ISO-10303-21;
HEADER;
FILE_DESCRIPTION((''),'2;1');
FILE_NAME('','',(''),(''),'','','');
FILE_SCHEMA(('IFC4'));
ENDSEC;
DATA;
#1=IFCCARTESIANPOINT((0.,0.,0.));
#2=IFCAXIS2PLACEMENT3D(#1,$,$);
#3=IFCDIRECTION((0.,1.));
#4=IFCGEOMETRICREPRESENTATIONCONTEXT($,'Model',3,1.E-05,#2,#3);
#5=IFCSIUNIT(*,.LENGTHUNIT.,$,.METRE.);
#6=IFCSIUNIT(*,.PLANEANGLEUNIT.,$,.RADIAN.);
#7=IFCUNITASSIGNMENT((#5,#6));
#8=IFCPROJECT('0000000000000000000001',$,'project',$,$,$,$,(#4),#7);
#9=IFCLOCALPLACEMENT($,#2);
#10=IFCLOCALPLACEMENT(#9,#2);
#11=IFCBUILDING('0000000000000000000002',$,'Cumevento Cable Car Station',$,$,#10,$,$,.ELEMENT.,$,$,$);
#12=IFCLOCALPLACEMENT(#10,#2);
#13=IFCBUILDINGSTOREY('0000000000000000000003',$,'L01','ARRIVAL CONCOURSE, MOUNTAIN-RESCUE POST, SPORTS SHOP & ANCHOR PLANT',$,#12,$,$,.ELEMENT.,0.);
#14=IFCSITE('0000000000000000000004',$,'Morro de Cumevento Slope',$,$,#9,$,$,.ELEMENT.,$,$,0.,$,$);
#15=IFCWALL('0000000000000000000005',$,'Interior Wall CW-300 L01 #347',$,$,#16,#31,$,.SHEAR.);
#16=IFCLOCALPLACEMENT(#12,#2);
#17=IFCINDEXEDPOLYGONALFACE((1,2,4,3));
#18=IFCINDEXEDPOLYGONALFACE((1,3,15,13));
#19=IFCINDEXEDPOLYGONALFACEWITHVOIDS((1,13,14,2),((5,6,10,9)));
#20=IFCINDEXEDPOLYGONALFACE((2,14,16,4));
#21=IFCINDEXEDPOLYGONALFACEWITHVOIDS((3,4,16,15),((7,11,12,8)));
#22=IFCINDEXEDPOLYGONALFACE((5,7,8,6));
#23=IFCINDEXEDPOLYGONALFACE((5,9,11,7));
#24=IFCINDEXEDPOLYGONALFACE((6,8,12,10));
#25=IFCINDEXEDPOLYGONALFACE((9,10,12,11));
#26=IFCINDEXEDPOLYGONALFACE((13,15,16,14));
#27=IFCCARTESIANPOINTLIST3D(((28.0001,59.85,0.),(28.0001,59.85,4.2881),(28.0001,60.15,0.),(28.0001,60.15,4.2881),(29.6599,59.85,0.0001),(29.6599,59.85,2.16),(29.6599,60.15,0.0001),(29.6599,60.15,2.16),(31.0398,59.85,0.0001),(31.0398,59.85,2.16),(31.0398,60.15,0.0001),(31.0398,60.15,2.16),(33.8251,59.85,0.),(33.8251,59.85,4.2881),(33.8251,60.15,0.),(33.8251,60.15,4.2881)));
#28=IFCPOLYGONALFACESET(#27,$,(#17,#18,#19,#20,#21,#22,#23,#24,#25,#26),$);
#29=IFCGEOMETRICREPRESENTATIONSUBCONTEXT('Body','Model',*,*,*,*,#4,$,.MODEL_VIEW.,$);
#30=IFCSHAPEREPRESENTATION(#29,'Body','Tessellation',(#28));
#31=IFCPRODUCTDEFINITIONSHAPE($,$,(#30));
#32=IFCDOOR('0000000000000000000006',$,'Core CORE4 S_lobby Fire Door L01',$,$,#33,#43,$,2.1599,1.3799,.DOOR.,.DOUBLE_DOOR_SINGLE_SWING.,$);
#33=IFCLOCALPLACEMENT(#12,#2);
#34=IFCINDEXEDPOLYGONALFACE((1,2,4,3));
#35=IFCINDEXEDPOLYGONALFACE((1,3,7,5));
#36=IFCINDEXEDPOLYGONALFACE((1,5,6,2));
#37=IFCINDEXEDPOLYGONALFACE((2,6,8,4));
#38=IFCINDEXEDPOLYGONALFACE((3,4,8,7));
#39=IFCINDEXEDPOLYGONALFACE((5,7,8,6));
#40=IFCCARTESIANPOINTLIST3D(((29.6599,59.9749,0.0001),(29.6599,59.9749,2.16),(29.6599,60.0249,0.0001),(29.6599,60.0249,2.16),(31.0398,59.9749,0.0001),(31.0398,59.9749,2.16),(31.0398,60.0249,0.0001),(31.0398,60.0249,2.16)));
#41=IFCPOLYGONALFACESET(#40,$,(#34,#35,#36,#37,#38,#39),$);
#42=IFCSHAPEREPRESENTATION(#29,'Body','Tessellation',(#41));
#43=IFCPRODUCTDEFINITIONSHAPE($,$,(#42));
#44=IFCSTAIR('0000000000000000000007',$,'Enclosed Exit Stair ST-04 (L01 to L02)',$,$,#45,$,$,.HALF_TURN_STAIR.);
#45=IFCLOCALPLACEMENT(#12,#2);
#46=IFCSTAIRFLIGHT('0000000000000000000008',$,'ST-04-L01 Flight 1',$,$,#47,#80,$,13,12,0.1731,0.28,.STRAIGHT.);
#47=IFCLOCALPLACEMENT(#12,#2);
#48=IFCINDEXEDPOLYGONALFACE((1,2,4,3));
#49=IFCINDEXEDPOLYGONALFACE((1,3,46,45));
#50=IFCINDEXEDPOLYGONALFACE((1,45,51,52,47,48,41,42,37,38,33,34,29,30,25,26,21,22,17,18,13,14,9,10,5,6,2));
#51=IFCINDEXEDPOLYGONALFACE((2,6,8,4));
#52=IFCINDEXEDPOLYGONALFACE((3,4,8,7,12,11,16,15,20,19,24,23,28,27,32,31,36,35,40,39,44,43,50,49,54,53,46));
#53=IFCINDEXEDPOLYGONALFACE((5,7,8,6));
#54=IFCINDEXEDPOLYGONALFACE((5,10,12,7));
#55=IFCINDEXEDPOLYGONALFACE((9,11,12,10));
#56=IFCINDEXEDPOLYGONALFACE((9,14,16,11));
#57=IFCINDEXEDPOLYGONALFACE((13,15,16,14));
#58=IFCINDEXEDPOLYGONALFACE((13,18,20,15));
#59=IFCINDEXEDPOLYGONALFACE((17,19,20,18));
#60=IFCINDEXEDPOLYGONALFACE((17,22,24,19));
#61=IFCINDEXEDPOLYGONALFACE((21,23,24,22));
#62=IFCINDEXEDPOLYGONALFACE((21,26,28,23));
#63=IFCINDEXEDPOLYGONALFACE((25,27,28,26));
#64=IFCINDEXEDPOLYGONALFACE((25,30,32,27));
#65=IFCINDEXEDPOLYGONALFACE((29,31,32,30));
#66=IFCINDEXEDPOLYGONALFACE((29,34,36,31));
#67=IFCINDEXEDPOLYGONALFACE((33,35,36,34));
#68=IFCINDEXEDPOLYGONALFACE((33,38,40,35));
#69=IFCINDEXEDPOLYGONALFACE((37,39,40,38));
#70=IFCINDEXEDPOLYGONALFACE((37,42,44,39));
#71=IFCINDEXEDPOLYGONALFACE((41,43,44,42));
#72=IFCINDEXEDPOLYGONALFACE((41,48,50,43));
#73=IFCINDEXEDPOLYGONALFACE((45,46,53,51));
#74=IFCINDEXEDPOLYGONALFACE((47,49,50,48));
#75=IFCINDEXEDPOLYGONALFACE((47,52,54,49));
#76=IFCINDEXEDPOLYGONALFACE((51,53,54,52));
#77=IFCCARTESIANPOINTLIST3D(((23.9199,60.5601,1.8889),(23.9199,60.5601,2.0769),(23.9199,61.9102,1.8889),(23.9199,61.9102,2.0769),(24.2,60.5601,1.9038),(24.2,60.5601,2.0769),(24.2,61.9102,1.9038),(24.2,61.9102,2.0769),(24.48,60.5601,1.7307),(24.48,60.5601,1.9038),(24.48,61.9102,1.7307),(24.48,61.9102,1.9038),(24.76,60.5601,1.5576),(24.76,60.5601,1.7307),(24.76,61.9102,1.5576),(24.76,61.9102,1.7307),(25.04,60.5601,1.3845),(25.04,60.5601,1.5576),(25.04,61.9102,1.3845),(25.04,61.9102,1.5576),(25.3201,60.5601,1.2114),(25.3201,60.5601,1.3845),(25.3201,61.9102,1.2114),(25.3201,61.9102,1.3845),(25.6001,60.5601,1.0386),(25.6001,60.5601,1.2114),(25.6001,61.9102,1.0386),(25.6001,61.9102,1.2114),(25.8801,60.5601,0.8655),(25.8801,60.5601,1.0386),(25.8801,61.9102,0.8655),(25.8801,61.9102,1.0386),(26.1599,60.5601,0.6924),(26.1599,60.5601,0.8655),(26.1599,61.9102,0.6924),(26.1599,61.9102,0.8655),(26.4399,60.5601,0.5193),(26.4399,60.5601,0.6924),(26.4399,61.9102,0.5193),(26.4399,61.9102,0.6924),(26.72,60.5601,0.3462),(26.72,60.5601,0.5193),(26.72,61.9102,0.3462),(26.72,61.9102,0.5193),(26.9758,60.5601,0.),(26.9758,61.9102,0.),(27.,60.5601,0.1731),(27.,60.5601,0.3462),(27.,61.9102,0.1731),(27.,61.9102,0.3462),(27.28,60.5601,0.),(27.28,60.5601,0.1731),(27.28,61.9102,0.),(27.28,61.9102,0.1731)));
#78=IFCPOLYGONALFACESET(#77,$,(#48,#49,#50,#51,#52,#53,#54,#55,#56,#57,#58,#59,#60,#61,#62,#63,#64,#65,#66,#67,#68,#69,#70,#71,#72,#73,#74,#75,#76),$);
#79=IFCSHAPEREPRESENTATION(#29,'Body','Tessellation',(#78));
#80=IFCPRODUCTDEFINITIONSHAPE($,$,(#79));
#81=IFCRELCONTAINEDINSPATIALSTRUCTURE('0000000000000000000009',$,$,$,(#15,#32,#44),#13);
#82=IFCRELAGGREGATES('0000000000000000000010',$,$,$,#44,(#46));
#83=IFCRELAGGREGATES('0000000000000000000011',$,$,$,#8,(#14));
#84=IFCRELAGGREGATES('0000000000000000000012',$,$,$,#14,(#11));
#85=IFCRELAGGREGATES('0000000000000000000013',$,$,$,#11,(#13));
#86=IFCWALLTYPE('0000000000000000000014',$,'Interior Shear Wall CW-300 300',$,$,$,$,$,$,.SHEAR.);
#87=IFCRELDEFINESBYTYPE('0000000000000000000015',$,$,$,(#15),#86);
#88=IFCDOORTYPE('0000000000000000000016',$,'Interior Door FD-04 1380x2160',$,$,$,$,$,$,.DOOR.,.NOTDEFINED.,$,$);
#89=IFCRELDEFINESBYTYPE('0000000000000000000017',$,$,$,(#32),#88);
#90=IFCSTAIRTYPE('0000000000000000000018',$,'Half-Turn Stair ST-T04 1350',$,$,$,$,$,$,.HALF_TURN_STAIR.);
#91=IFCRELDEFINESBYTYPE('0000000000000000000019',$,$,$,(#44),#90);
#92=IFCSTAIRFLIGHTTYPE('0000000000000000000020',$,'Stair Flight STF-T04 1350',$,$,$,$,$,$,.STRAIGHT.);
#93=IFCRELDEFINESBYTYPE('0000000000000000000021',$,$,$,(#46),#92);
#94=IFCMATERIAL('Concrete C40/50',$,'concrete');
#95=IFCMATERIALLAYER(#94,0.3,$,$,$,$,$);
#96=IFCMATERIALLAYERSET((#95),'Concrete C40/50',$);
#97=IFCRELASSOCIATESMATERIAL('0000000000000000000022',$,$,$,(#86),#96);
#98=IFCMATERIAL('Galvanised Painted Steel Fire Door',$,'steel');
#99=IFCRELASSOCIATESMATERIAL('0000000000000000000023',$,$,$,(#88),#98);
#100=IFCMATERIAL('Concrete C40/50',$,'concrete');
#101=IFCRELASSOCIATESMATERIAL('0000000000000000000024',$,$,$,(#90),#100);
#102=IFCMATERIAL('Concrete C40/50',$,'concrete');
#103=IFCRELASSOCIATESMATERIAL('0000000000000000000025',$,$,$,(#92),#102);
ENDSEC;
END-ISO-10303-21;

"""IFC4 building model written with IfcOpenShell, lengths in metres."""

from ifc_helpers import new_model, si_unit, direction, frame, frame_2d, origin, place, context, subcontext, project, spatial, polyline, rectangle, outline, extrude, material, layer, layer_set, type_object, element, fill, aggregate, save


model = new_model("IFC4")

# Units and contexts
model_context = context("Model", 3, precision=1e-05, world=origin(), true_north=direction((0.0, 1.0)))
body_context = subcontext(model_context, "Body", "Model", "MODEL_VIEW")
ifc_project = project(units=[si_unit("LENGTHUNIT", "METRE"), si_unit("PLANEANGLEUNIT", "RADIAN")], contexts=[model_context])

# Site, building, storey
site_placement = place(None, origin())
site = spatial("IfcSite", under=ifc_project, at=site_placement, Name="Morro de Cumevento Slope", CompositionType="ELEMENT", RefElevation=0.0)
building_placement = place(site_placement, origin())
building = spatial("IfcBuilding", under=site, at=building_placement, Name="Cumevento Cable Car Station", CompositionType="ELEMENT")
storey_placement = place(building_placement, origin())
storey = spatial("IfcBuildingStorey", under=building, at=storey_placement, Name="L01", Description="ARRIVAL CONCOURSE, MOUNTAIN-RESCUE POST, SPORTS SHOP & ANCHOR PLANT", CompositionType="ELEMENT", Elevation=0.0)

# Wall, opening, door
ifc_material_1 = material(Name="Concrete C40/50", Category="concrete")
ifc_layer_1 = layer(ifc_material_1, 0.3)
ifc_layer_set_1 = layer_set([ifc_layer_1], Name="Concrete C40/50")
wall_type_1 = type_object("IfcWallType", Name="Interior Shear Wall CW-300 300", PredefinedType="SHEAR", material=ifc_layer_set_1)
wall_1_placement = place(storey_placement, frame((28.0, 60.0, 0.0), z_axis=(0.0, 0.0, 1.0), x_axis=(1.0, 0.0, 0.0)))
wall_1 = element("IfcWall", 1, at=wall_1_placement, inside=storey, type_object=wall_type_1, Name="Interior Wall CW-300 L01 #347", PredefinedType="SHEAR", context=body_context, shape_type="SweptSolid", body=[
    extrude(rectangle(XDim=5.825, YDim=0.3, at=frame_2d((2.9126, 0.0))), origin(), (0.0, 0.0, 1.0), 4.2881),
])
opening_1_placement = place(wall_1_placement, frame((1.6599, 0.0, 0.0)))
opening_1 = element("IfcOpeningElement", 2, at=opening_1_placement, cuts=wall_1, PredefinedType="OPENING", context=body_context, shape_type="SweptSolid", body=[
    extrude(rectangle(XDim=1.3799, YDim=2.1599, at=frame_2d((0.6899, 1.0801))), frame((0.0, 0.1599, 0.0), z_axis=(0.0, -1.0, 0.0), x_axis=(1.0, 0.0, 0.0)), (0.0, 0.0, 1.0), 0.3201),
])
ifc_material_2 = material(Name="Galvanised Painted Steel Fire Door", Category="steel")
door_type_1 = type_object("IfcDoorType", Name="Interior Door FD-04 1380x2160", OperationType="NOTDEFINED", PredefinedType="DOOR", material=ifc_material_2)
door_1_placement = place(opening_1_placement, origin())
door_1 = element("IfcDoor", 3, at=door_1_placement, inside=storey, type_object=door_type_1, Name="Core CORE4 S_lobby Fire Door L01", OperationType="DOUBLE_DOOR_SINGLE_SWING", OverallHeight=2.1599, OverallWidth=1.3799, PredefinedType="DOOR", context=body_context, shape_type="SweptSolid", body=[
    extrude(rectangle(XDim=1.3799, YDim=2.1599, at=frame_2d((0.6899, 1.0801))), frame((0.0, 0.0249, 0.0), z_axis=(0.0, -1.0, 0.0), x_axis=(1.0, 0.0, 0.0)), (0.0, 0.0, 1.0), 0.05),
])
fill(opening_1, door_1)

# Stair, stair flight
ifc_material_3 = material(Name="Concrete C40/50", Category="concrete")
stair_type = type_object("IfcStairType", Name="Half-Turn Stair ST-T04 1350", PredefinedType="HALF_TURN_STAIR", material=ifc_material_3)
stair_placement = place(storey_placement, origin())
stair = element("IfcStair", 4, at=stair_placement, inside=storey, type_object=stair_type, Name="Enclosed Exit Stair ST-04 (L01 to L02)", PredefinedType="HALF_TURN_STAIR")
ifc_material_4 = material(Name="Concrete C40/50", Category="concrete")
stair_flight_type = type_object("IfcStairFlightType", Name="Stair Flight STF-T04 1350", PredefinedType="STRAIGHT", material=ifc_material_4)
stair_flight_placement = place(storey_placement, frame((27.28, 61.2351, 0.0), z_axis=(0.0, 0.0, 1.0), x_axis=(-1.0, 0.0, 0.0)))
stair_flight = element("IfcStairFlight", 5, at=stair_flight_placement, type_object=stair_flight_type, Name="ST-04-L01 Flight 1", NumberOfRisers=13, NumberOfTreads=12, PredefinedType="STRAIGHT", RiserHeight=0.1731, TreadLength=0.28, context=body_context, shape_type="SweptSolid", body=[
    extrude(outline(polyline([(0.0, 0.0), (0.0, 0.1731), (0.28, 0.1731), (0.28, 0.3462), (0.5601, 0.3462), (0.5601, 0.5193), (0.8401, 0.5193), (0.8401, 0.6924), (1.1201, 0.6924), (1.1201, 0.8655), (1.3999, 0.8655), (1.3999, 1.0386), (1.6799, 1.0386), (1.6799, 1.2114), (1.96, 1.2114), (1.96, 1.3845), (2.24, 1.3845), (2.24, 1.5576), (2.52, 1.5576), (2.52, 1.7307), (2.8, 1.7307), (2.8, 1.9038), (3.0801, 1.9038), (3.0801, 2.0769), (3.3601, 2.0769), (3.3601, 2.25), (3.3601, 1.8889), (0.3042, 0.0), (0.0, 0.0)])), frame((0.0, 0.675, 0.0), z_axis=(0.0, -1.0, 0.0), x_axis=(1.0, 0.0, 0.0)), (0.0, 0.0, 1.0), 1.3501),
])
aggregate(stair, [stair_flight])

save(model, "model.ifc")
